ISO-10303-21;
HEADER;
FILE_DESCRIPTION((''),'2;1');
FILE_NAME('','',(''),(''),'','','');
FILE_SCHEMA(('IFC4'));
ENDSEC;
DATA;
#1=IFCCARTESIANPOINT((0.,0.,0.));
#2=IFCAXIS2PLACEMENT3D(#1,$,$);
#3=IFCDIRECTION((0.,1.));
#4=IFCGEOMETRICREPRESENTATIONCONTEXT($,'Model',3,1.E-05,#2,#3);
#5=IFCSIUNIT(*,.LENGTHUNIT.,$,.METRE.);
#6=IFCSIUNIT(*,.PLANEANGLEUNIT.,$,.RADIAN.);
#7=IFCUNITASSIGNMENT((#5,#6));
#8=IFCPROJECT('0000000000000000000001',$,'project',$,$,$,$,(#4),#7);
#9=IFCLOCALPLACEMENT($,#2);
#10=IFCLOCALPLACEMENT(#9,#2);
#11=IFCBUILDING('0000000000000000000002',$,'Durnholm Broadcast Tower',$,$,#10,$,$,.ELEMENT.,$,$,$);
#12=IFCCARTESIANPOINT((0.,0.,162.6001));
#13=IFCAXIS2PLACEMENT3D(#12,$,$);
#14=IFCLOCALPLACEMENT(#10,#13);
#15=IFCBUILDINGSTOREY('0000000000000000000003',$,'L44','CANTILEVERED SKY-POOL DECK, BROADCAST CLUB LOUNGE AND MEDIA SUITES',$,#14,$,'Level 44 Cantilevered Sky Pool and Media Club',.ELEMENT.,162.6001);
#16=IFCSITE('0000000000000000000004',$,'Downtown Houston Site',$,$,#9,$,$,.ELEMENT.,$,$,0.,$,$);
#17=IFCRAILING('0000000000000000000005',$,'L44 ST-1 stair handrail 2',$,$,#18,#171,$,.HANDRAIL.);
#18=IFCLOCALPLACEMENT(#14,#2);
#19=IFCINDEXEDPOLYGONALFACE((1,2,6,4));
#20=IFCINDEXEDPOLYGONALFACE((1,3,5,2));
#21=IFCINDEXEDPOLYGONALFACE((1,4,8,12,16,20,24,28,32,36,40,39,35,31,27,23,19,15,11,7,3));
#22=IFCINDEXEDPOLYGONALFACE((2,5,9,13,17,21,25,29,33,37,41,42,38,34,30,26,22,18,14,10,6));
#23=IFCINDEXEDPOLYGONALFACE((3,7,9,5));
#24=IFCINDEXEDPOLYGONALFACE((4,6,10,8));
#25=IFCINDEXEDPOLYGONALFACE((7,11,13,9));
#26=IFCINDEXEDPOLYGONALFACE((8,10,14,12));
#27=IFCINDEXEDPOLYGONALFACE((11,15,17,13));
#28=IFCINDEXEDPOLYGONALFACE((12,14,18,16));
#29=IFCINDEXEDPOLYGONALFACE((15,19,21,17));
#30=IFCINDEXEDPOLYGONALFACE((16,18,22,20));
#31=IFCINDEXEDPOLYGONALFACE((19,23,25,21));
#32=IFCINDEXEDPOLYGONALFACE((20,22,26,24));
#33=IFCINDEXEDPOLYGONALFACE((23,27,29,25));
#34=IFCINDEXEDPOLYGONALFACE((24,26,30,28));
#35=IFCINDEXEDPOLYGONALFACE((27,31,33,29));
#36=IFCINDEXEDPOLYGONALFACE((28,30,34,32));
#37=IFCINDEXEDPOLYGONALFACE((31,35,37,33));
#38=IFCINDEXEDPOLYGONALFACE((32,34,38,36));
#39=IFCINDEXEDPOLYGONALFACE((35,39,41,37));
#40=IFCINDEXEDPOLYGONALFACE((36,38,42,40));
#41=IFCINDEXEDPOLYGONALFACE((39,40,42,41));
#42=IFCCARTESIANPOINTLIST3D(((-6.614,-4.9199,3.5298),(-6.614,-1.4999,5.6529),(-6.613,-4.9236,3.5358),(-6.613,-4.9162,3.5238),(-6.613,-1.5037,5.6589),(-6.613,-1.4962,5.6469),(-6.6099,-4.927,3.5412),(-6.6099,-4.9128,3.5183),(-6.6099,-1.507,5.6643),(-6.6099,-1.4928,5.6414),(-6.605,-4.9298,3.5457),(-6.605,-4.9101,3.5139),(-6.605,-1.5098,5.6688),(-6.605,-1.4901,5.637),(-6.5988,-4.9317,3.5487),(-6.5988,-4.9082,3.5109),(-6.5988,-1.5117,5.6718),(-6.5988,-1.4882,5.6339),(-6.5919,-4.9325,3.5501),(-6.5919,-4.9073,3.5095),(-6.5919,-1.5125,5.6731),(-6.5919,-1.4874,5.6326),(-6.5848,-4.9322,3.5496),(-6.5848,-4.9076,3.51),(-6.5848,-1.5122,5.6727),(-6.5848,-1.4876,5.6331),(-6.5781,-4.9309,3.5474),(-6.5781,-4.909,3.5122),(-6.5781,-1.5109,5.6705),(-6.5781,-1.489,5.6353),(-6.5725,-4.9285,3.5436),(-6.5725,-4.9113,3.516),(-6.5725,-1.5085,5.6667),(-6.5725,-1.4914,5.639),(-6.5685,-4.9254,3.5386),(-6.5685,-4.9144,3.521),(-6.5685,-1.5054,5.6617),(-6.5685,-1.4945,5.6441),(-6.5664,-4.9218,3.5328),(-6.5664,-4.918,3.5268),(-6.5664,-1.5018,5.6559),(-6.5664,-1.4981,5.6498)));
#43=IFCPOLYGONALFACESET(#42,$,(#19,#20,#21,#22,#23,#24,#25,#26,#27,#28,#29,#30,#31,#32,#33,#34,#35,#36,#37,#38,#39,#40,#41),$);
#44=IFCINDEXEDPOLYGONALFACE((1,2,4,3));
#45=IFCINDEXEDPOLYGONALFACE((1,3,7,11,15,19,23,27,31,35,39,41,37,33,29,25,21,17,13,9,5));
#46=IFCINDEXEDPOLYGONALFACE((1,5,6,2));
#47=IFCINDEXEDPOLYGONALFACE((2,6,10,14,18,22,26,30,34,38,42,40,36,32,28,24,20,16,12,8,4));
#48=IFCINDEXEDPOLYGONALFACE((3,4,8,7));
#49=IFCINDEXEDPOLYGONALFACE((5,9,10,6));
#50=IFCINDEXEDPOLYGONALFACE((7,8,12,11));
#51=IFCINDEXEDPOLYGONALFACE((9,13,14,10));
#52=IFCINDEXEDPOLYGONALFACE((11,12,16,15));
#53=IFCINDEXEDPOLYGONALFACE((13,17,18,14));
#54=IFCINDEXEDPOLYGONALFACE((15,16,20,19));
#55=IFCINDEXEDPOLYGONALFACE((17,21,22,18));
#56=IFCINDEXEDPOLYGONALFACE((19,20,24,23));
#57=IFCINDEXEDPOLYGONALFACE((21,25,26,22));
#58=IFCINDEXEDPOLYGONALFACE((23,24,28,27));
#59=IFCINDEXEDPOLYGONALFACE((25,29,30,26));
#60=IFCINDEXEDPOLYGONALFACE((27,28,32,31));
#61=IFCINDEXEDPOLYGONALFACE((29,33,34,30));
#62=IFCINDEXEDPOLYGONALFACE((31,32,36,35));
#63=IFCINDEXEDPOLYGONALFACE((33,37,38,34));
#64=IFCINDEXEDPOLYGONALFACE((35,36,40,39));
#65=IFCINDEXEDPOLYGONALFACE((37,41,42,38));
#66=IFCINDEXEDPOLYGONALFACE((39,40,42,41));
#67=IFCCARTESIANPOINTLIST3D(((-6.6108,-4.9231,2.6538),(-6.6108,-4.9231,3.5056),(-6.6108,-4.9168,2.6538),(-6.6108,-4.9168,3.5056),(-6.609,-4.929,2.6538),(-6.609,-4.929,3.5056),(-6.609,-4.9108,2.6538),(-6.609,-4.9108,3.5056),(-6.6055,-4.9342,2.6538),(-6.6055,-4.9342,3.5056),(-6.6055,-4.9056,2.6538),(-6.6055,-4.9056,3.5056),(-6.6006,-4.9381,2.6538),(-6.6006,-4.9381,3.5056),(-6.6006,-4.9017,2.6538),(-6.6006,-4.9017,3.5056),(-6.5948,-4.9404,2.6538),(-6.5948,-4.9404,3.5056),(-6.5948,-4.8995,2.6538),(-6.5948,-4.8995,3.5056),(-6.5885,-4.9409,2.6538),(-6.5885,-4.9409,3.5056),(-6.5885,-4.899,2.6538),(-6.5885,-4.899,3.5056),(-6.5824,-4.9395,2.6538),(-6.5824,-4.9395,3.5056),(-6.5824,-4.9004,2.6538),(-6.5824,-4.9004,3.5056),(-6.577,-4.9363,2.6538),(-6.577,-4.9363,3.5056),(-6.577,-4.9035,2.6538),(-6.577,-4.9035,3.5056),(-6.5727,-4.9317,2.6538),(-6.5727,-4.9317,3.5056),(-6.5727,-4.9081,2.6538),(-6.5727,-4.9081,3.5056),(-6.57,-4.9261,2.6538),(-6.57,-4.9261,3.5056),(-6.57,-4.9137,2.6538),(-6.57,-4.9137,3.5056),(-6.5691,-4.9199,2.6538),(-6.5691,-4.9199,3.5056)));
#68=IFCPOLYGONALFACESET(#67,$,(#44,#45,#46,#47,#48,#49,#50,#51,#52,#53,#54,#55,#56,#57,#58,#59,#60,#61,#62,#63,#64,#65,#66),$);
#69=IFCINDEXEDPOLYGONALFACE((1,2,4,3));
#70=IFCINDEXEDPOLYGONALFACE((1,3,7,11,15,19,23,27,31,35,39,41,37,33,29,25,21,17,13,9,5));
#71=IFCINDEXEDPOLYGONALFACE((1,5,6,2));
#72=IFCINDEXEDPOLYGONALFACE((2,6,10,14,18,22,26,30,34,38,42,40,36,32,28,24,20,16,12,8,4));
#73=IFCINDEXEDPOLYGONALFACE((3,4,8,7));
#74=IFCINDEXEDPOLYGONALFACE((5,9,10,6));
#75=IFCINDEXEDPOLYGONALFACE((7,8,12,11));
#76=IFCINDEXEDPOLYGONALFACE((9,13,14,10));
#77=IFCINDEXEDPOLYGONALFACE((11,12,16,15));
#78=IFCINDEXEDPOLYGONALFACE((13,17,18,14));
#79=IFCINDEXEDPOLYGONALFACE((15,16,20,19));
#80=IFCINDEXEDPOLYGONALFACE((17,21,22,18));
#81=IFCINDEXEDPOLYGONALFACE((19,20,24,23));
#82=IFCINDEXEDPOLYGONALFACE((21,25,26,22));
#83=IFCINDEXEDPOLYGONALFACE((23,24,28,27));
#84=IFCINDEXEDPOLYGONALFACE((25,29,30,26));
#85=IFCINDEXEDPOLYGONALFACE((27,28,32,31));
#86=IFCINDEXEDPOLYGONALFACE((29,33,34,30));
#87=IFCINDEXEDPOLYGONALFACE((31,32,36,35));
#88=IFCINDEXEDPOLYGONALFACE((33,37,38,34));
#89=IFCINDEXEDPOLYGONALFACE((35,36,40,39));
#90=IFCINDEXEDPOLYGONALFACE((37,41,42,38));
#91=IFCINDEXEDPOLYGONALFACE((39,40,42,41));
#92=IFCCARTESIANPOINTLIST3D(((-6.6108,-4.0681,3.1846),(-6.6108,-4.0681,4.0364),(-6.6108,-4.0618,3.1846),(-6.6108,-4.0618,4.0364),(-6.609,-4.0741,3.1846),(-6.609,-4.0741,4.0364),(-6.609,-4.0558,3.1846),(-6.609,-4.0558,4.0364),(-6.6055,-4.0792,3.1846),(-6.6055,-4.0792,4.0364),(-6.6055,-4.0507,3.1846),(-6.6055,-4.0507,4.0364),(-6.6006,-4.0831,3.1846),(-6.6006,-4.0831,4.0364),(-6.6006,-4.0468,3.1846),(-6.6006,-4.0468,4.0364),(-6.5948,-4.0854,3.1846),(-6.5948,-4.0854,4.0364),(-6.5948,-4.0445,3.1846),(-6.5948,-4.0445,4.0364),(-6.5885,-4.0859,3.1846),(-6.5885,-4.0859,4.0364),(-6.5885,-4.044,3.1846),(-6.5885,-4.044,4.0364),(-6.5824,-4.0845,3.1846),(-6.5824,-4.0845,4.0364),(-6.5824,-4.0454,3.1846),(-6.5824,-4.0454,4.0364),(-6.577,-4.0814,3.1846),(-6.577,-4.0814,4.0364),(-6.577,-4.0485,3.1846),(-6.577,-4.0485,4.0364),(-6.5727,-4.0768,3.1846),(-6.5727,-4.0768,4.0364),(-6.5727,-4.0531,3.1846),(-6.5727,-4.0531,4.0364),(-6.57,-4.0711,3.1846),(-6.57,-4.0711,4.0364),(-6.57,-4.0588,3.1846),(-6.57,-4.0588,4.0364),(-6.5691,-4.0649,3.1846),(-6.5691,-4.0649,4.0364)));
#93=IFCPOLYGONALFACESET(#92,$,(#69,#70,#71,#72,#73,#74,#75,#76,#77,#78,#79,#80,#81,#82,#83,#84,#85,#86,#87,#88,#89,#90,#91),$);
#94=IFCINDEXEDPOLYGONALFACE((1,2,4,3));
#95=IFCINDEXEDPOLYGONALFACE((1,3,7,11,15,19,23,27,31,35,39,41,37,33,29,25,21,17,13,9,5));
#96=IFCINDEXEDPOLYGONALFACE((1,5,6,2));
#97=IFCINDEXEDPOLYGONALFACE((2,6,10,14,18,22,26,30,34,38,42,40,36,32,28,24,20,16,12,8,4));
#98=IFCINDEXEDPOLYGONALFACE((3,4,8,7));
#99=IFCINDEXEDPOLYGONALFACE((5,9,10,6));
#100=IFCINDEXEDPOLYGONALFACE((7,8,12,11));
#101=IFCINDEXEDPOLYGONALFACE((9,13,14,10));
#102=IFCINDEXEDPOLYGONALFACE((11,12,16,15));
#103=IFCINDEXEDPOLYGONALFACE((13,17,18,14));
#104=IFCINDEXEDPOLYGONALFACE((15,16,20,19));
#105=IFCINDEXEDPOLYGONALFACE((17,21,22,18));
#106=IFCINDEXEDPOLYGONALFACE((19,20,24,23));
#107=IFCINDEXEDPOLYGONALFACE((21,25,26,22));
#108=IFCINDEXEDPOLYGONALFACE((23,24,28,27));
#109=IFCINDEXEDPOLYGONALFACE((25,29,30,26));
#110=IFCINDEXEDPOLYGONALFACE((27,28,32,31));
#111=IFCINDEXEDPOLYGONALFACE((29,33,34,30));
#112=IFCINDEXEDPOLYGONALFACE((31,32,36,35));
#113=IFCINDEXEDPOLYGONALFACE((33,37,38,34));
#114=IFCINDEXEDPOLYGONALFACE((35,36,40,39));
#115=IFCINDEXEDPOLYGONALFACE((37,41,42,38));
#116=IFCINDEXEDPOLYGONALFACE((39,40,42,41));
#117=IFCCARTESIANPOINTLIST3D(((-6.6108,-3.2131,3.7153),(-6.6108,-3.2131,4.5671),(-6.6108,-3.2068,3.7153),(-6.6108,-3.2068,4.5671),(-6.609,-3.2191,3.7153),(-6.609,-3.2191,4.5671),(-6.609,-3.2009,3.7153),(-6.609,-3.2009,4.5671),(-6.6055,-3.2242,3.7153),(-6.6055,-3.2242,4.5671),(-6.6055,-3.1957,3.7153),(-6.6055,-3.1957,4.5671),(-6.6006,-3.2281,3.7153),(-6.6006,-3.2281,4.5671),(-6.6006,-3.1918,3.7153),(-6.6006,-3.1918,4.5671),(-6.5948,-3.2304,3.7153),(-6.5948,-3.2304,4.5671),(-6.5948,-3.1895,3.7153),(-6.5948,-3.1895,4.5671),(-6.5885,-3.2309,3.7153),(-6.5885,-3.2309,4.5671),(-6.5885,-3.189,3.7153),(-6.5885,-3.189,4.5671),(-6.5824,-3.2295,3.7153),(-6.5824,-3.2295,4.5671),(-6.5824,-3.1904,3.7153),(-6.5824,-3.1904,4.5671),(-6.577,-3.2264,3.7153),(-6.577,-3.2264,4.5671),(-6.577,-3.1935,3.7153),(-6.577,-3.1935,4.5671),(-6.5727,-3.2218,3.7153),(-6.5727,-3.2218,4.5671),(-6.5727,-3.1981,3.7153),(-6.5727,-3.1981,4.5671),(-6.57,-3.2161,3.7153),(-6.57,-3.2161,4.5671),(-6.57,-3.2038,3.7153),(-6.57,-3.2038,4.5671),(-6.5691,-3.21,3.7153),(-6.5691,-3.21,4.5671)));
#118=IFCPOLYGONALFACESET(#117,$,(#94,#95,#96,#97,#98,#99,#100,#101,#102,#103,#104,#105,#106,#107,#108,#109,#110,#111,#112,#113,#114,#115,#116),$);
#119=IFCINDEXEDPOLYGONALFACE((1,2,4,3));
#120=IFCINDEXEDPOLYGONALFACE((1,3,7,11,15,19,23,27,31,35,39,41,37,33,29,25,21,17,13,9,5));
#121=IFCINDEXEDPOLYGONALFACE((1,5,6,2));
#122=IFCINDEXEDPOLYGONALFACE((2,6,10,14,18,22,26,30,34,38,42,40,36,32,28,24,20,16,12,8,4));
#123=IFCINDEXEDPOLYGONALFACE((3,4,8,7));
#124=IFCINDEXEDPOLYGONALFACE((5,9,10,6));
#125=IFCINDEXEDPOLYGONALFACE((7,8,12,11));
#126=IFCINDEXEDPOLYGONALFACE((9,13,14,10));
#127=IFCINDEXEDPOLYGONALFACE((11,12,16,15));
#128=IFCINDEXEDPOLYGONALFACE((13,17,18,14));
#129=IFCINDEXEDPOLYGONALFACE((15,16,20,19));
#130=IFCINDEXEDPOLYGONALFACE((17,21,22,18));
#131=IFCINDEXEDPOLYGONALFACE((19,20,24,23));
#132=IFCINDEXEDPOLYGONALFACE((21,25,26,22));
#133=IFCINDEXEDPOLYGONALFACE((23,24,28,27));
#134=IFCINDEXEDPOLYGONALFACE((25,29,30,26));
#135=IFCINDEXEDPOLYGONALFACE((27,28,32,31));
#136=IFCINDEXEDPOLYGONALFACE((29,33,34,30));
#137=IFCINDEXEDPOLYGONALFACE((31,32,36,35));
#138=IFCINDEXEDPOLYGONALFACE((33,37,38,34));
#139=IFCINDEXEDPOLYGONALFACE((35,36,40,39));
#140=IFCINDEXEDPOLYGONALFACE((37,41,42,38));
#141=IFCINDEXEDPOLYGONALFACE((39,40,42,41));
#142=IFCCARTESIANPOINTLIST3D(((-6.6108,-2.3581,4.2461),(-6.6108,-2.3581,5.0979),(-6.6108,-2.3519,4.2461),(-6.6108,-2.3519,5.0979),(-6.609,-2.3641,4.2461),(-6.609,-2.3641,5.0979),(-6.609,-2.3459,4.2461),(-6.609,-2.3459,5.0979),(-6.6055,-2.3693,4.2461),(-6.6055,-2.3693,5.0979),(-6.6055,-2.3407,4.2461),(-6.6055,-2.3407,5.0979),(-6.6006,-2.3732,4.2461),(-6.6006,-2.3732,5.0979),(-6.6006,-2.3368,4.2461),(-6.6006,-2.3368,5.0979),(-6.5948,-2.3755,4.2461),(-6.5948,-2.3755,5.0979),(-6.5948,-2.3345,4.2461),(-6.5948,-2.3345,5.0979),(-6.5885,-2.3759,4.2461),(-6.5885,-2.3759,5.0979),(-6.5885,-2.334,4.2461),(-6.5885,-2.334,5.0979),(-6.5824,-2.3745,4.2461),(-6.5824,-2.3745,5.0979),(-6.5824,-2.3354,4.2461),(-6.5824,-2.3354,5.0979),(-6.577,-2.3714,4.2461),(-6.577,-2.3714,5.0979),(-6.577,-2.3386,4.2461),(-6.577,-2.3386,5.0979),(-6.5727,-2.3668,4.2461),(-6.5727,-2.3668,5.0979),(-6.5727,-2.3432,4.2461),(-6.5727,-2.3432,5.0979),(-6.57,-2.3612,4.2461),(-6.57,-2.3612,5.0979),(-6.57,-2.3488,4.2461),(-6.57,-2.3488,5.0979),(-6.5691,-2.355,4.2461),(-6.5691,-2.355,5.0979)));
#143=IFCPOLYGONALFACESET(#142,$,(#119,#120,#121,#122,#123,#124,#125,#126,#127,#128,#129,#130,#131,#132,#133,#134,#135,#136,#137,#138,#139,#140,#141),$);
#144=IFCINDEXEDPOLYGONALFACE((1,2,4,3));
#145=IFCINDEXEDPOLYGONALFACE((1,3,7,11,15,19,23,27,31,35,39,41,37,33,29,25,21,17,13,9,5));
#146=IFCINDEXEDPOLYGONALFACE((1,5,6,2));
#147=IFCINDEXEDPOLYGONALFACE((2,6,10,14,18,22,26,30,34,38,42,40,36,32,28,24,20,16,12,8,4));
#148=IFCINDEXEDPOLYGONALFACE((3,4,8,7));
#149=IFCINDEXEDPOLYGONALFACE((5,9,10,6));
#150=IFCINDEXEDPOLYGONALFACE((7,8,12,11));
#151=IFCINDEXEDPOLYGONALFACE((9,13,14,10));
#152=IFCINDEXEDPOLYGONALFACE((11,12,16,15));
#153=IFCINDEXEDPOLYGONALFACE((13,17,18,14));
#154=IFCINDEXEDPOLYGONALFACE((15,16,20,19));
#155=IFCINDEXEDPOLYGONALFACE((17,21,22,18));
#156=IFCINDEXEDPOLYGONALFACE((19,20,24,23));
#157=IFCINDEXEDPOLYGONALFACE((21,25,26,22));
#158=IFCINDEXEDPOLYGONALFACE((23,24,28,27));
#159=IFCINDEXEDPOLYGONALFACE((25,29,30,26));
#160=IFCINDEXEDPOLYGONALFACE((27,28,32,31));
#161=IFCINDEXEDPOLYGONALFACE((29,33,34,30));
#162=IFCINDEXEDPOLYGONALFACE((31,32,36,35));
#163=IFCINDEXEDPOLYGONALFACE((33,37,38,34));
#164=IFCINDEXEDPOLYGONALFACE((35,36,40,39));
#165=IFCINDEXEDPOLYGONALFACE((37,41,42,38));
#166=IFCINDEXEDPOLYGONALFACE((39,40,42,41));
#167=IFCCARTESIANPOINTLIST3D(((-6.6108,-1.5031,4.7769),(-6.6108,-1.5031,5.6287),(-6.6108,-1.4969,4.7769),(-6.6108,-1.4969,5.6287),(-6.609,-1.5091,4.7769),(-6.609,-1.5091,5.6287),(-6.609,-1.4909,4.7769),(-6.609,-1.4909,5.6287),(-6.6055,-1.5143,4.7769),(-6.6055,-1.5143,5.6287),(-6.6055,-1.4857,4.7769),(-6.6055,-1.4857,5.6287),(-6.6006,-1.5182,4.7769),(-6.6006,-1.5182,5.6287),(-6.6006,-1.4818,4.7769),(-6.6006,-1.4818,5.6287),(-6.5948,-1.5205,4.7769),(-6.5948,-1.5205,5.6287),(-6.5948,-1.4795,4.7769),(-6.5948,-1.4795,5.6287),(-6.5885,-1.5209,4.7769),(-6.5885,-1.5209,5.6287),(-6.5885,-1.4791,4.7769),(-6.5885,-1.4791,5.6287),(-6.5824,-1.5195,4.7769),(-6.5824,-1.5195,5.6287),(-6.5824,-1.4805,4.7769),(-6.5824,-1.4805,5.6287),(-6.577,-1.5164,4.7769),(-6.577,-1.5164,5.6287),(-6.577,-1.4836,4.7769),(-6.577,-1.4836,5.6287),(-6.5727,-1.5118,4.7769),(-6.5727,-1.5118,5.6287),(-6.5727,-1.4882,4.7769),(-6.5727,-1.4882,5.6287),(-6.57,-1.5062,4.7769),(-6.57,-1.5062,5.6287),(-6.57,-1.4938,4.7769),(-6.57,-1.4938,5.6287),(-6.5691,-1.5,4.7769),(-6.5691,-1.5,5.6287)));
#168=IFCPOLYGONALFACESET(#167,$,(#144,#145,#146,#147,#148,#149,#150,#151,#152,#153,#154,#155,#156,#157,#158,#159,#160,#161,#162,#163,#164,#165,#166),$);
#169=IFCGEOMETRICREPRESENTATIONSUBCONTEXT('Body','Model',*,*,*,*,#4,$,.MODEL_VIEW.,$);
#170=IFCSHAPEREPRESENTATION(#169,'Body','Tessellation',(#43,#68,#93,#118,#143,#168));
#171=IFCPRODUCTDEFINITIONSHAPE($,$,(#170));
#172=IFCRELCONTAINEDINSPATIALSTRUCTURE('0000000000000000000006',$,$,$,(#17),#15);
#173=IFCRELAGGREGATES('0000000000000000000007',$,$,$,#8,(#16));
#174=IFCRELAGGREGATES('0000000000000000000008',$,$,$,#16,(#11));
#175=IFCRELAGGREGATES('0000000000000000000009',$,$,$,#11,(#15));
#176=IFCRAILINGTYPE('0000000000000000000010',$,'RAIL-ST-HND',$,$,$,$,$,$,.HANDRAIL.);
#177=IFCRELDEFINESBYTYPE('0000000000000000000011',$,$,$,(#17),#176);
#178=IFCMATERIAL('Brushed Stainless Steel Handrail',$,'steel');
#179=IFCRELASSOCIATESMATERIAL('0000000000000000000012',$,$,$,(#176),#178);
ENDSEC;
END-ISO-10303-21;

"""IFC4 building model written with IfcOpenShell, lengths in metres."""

from ifc_helpers import new_model, si_unit, direction, frame, origin, origin_2d, place, context, subcontext, project, spatial, circle, extrude, material, type_object, element, save


model = new_model("IFC4")

# Units and contexts
model_context = context("Model", 3, precision=1e-05, world=origin(), true_north=direction((0.0, 1.0)))
body_context = subcontext(model_context, "Body", "Model", "MODEL_VIEW")
ifc_project = project(units=[si_unit("LENGTHUNIT", "METRE"), si_unit("PLANEANGLEUNIT", "RADIAN")], contexts=[model_context])

# Site, building, storey
site_placement = place(None, origin())
site = spatial("IfcSite", under=ifc_project, at=site_placement, Name="Downtown Houston Site", CompositionType="ELEMENT", RefElevation=0.0)
building_placement = place(site_placement, origin())
building = spatial("IfcBuilding", under=site, at=building_placement, Name="Durnholm Broadcast Tower", CompositionType="ELEMENT")
storey_placement = place(building_placement, frame((0.0, 0.0, 162.6001)))
storey = spatial("IfcBuildingStorey", under=building, at=storey_placement, Name="L44", Description="CANTILEVERED SKY-POOL DECK, BROADCAST CLUB LOUNGE AND MEDIA SUITES", LongName="Level 44 Cantilevered Sky Pool and Media Club", CompositionType="ELEMENT", Elevation=162.6001)

# Railing
ifc_material_1 = material(Name="Brushed Stainless Steel Handrail", Category="steel")
railing_type_1 = type_object("IfcRailingType", Name="RAIL-ST-HND", PredefinedType="HANDRAIL", material=ifc_material_1)
railing_1_placement = place(storey_placement, frame((-6.5901, -4.9199, 2.6538)))
element("IfcRailing", 1, at=railing_1_placement, inside=storey, type_object=railing_type_1, Name="L44 ST-1 stair handrail 2", PredefinedType="HANDRAIL", context=body_context, shape_type="SweptSolid", body=[
    extrude(circle(Radius=0.0239, at=origin_2d()), frame((0.0, 0.0, 0.876), z_axis=(0.0, 0.849603, 0.527423), x_axis=(-1.0, 0.0, 0.0)), (0.0, 0.0, 1.0), 4.0254),
    extrude(circle(Radius=0.021, at=origin_2d()), origin(), (0.0, 0.0, 1.0), 0.8518),
    extrude(circle(Radius=0.021, at=origin_2d()), frame((0.0, 0.855, 0.5308)), (0.0, 0.0, 1.0), 0.8518),
    extrude(circle(Radius=0.021, at=origin_2d()), frame((0.0, 1.71, 1.0615)), (0.0, 0.0, 1.0), 0.8518),
    extrude(circle(Radius=0.021, at=origin_2d()), frame((0.0, 2.5649, 1.5923)), (0.0, 0.0, 1.0), 0.8518),
    extrude(circle(Radius=0.021, at=origin_2d()), frame((0.0, 3.4199, 2.123)), (0.0, 0.0, 1.0), 0.8518),
])

save(model, "model.ifc")
